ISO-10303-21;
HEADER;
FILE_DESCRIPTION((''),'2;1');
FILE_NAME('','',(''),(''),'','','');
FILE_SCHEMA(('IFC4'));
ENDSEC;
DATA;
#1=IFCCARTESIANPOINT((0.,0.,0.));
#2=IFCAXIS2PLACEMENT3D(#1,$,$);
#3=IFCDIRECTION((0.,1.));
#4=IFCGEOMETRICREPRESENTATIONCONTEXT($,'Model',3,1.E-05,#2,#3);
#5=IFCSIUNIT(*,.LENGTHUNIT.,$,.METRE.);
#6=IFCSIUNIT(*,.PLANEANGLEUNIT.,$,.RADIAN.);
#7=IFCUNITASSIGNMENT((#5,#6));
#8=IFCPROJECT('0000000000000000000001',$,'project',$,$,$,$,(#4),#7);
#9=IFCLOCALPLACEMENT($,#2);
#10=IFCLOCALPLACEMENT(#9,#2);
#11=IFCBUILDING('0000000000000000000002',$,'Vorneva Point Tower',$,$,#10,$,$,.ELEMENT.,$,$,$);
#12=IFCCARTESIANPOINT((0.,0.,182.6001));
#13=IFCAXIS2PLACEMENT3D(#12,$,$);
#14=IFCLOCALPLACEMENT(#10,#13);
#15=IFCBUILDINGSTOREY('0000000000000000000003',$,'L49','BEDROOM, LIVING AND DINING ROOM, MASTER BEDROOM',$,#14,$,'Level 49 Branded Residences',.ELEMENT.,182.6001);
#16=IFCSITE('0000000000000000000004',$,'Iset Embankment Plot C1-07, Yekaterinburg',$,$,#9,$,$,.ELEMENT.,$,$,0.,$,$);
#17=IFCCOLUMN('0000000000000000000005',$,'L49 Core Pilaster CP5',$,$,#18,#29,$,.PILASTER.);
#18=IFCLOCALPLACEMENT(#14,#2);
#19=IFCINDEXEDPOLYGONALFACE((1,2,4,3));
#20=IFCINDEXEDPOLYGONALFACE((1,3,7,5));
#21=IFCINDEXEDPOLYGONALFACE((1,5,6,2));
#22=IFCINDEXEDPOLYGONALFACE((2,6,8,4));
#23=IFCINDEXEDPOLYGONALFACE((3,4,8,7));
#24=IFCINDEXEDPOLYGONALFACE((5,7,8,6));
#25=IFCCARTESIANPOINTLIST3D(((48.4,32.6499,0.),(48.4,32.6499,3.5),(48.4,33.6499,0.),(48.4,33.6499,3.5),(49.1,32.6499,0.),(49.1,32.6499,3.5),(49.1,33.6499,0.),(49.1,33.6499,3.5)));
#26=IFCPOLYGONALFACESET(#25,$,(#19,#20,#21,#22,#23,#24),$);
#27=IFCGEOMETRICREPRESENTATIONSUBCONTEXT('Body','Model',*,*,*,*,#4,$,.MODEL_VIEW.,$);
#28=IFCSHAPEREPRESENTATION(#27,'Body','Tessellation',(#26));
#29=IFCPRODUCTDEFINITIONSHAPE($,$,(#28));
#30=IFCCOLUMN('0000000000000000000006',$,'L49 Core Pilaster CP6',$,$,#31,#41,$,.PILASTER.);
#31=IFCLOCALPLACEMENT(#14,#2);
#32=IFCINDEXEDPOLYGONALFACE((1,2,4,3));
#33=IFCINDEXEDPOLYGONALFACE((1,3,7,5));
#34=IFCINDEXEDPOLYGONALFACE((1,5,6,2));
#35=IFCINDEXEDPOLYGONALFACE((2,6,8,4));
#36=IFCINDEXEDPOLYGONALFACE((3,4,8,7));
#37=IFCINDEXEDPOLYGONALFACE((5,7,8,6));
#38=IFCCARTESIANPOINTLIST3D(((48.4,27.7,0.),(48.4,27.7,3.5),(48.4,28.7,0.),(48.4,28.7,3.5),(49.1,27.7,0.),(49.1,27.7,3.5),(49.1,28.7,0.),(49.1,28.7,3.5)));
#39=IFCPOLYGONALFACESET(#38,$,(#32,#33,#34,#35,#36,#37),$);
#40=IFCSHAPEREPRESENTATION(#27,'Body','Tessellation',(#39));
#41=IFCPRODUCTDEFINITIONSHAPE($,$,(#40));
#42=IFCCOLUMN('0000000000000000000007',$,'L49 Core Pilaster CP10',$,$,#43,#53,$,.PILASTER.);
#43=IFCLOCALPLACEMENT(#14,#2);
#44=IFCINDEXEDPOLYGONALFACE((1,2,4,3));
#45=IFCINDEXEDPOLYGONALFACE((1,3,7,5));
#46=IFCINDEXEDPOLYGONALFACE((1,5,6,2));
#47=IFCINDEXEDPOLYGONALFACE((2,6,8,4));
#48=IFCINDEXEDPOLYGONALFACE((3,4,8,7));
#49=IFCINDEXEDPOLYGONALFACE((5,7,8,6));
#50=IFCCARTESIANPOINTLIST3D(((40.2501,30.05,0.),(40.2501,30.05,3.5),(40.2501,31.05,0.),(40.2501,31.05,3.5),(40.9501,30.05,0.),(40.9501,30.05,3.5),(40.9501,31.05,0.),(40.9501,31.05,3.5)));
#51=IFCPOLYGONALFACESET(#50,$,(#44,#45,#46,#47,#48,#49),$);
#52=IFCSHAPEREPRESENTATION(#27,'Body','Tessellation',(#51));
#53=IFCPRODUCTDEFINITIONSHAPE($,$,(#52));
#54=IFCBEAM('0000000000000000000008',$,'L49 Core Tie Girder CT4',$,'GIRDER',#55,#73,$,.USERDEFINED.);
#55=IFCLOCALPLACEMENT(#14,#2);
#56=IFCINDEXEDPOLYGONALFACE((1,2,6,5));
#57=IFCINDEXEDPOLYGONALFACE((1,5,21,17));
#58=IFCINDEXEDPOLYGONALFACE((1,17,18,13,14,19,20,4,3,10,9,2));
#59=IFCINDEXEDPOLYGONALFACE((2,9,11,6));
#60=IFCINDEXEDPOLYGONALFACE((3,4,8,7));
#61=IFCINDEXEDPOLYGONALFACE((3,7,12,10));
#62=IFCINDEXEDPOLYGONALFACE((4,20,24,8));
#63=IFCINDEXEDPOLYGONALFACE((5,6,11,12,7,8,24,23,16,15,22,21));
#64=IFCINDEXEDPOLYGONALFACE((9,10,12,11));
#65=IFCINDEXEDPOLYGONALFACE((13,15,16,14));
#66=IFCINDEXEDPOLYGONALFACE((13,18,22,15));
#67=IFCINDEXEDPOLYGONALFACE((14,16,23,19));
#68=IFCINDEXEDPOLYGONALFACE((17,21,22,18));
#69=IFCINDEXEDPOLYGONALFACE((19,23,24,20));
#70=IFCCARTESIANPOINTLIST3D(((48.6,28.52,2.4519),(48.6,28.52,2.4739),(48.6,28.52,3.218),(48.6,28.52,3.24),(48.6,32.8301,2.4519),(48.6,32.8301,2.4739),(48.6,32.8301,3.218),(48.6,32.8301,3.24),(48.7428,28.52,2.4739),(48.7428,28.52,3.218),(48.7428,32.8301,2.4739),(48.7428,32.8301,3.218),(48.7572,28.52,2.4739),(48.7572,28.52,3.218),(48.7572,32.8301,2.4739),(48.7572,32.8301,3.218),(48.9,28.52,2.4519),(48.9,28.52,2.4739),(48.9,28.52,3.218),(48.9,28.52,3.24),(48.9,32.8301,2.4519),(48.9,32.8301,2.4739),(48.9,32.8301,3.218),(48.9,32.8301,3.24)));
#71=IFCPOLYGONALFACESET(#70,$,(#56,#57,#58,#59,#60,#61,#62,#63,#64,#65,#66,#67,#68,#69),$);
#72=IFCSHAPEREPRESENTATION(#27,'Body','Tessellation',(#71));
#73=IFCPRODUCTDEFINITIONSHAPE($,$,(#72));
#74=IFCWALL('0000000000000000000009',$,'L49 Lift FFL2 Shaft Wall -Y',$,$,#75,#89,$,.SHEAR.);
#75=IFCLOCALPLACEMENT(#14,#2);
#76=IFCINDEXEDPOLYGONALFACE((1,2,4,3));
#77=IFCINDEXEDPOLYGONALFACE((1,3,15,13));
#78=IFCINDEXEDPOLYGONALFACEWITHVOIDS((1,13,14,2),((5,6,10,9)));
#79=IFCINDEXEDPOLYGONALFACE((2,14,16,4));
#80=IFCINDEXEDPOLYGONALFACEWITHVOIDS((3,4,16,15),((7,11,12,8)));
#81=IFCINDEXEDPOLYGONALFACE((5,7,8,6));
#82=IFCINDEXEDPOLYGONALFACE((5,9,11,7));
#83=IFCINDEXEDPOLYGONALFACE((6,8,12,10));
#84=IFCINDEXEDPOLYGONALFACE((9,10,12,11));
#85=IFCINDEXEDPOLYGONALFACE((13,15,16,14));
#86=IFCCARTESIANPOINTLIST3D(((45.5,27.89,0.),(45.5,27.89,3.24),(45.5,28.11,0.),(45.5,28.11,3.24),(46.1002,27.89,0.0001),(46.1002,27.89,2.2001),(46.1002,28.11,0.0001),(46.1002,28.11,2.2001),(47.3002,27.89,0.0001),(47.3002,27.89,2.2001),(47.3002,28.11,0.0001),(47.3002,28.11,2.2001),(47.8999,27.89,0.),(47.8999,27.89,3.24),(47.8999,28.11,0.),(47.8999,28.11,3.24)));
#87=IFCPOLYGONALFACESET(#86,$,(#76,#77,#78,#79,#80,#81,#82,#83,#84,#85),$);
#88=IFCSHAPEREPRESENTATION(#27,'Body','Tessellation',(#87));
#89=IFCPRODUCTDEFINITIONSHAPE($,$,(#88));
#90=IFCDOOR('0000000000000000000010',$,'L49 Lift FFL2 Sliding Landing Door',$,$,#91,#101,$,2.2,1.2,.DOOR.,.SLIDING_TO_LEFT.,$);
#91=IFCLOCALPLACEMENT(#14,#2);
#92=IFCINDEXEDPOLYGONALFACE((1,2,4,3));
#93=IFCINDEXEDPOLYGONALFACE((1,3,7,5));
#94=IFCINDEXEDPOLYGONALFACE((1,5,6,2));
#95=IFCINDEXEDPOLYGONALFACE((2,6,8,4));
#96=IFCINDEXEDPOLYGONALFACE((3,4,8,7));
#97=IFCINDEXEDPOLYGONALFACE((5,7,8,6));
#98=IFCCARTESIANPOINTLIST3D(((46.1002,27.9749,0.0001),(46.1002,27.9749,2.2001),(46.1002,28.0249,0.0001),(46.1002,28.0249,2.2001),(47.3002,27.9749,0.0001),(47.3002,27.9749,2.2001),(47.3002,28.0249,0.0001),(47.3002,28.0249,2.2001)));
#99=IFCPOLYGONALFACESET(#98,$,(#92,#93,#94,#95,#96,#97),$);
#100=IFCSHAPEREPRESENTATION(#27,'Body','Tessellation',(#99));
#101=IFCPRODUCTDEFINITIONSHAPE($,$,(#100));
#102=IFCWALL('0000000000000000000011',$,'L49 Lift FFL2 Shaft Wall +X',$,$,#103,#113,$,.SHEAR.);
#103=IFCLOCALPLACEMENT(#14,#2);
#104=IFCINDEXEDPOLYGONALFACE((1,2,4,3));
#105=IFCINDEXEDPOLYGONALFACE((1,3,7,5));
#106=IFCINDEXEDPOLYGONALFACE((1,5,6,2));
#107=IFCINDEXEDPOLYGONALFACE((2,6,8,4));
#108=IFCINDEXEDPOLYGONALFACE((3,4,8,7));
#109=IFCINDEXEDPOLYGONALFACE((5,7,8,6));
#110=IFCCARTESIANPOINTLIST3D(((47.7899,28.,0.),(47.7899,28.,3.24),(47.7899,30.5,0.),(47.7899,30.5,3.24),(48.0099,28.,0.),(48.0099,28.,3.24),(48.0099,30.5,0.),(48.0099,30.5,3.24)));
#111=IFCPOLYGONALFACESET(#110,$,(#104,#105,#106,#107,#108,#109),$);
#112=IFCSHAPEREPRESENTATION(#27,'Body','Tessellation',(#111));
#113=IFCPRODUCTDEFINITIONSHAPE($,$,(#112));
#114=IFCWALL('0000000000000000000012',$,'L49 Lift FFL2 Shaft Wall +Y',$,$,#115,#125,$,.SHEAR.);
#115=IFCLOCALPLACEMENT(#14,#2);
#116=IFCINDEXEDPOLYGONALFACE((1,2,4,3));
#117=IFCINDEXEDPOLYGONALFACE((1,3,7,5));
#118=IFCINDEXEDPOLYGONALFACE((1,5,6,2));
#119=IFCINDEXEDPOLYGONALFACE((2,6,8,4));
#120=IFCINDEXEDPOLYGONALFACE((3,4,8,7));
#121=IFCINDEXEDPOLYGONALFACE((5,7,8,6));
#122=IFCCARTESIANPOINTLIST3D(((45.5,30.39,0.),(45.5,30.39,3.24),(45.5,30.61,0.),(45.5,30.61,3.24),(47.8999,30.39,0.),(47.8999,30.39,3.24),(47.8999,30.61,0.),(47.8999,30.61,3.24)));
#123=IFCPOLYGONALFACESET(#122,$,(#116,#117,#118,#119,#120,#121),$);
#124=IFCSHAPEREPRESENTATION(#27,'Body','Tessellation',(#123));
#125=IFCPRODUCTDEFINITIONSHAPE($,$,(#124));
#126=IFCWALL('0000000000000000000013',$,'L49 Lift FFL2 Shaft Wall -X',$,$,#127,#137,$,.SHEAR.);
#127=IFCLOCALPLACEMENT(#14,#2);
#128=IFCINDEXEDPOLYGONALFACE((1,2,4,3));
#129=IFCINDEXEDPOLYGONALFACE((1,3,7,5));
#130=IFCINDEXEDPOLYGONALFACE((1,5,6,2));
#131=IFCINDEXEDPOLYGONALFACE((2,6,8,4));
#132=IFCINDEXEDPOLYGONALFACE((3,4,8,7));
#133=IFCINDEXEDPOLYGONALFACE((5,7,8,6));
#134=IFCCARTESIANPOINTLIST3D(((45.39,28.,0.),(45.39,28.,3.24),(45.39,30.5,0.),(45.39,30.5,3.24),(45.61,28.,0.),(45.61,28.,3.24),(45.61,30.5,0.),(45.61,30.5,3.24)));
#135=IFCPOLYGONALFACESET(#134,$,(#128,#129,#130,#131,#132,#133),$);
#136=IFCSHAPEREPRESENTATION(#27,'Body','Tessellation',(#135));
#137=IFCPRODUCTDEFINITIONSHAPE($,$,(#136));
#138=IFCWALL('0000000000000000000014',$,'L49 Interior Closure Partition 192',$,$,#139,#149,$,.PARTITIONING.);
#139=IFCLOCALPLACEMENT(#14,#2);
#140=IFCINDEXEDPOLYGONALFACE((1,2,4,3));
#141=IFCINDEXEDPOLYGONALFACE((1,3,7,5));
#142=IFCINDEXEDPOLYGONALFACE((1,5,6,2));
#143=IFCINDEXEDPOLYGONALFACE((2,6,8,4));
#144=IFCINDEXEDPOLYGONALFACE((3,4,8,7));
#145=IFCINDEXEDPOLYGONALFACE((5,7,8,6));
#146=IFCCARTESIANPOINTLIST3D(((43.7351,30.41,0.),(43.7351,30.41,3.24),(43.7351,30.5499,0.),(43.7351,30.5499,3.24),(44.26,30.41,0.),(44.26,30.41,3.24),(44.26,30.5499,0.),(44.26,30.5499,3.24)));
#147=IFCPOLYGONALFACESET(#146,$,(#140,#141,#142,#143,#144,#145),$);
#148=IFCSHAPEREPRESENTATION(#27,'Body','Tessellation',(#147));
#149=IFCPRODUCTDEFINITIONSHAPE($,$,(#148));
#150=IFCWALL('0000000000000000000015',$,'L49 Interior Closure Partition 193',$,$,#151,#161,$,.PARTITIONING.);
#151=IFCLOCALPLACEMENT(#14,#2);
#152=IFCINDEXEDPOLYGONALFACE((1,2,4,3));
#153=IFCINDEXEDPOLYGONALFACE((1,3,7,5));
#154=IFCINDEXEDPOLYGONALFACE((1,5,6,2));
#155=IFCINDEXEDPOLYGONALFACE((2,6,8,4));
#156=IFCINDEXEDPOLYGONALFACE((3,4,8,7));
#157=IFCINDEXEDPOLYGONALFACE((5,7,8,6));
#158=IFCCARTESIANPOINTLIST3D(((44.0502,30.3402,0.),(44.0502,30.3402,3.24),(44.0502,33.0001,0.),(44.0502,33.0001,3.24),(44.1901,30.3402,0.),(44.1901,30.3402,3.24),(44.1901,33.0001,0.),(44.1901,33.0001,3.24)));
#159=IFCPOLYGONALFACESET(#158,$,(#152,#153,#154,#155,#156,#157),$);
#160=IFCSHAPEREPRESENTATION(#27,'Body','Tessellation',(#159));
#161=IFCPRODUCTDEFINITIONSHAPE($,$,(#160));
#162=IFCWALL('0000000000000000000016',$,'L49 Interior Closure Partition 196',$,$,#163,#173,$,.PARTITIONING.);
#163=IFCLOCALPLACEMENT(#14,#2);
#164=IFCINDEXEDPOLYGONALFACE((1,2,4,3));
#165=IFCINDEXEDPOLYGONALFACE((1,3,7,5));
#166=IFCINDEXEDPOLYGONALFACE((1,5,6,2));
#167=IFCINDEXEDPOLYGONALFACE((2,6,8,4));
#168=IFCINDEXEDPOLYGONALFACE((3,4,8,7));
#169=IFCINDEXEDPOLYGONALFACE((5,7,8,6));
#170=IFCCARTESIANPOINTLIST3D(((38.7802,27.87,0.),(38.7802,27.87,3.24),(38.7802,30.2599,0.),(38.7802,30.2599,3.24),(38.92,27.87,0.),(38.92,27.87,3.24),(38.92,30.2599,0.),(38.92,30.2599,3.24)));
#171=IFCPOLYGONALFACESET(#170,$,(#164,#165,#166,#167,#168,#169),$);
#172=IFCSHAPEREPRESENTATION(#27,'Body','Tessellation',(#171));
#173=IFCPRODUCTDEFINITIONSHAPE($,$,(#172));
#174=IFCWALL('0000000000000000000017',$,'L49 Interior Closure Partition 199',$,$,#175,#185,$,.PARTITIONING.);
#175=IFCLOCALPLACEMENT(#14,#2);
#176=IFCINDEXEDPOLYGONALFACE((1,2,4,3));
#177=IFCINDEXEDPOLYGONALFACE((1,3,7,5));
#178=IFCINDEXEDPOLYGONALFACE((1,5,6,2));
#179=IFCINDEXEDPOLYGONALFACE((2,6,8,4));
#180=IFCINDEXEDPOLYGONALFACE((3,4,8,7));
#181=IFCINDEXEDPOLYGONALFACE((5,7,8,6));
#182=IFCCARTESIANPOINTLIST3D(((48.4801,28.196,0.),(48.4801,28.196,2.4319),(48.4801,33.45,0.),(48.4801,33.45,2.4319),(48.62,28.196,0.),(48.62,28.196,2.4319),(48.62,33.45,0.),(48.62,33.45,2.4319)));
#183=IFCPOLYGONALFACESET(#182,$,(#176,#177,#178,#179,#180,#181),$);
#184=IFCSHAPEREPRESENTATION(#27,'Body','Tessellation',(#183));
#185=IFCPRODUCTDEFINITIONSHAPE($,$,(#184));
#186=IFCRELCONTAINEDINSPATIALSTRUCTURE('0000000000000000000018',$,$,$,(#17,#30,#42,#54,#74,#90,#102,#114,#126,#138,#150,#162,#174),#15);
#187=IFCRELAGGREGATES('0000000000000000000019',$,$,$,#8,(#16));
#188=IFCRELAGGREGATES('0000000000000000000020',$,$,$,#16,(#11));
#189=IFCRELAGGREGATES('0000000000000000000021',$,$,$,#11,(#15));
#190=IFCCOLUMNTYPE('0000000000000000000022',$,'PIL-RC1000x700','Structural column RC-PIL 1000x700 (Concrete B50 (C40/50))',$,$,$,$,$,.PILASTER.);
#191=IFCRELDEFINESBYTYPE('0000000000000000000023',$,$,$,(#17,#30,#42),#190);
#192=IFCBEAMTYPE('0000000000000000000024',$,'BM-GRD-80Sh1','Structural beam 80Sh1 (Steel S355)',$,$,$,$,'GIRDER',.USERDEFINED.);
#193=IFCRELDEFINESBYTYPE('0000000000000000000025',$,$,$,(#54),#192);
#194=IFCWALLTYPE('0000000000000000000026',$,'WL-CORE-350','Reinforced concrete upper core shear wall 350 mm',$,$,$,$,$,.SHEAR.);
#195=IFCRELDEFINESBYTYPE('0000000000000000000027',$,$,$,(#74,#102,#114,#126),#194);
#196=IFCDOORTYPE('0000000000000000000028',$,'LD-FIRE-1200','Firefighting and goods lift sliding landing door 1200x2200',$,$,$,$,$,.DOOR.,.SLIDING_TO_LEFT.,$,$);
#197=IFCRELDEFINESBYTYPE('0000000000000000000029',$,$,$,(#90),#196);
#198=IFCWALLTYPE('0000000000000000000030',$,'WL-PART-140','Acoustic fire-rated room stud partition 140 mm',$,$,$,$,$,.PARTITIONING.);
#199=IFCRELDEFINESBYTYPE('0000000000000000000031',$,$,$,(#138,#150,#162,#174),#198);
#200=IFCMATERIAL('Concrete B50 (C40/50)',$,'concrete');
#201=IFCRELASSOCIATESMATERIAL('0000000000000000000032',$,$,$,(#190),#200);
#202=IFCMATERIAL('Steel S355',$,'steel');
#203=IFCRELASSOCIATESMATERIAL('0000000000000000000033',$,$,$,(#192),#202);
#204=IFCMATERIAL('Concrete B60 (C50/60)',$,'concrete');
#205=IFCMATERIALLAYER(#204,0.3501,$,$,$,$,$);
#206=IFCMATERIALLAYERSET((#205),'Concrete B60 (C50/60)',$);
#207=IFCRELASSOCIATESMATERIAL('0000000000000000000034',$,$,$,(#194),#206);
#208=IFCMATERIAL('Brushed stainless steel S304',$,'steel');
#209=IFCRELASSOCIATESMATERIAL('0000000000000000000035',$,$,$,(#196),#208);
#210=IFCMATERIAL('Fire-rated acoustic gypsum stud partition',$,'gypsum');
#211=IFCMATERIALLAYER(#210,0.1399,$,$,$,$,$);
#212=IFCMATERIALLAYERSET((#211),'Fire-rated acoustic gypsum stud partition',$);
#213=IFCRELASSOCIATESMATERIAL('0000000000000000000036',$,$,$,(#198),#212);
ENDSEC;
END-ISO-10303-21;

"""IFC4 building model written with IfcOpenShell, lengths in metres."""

from ifc_helpers import new_model, si_unit, direction, frame, frame_2d, origin, origin_2d, place, context, subcontext, project, spatial, rectangle, i_section, extrude, material, layer, layer_set, material_profile, profile_set, type_object, element, fill, save


model = new_model("IFC4")

# Units and contexts
model_context = context("Model", 3, precision=1e-05, world=origin(), true_north=direction((0.0, 1.0)))
body_context = subcontext(model_context, "Body", "Model", "MODEL_VIEW")
ifc_project = project(units=[si_unit("LENGTHUNIT", "METRE"), si_unit("PLANEANGLEUNIT", "RADIAN")], contexts=[model_context])

# Site, building, storey
site_placement = place(None, origin())
site = spatial("IfcSite", under=ifc_project, at=site_placement, Name="Iset Embankment Plot C1-07, Yekaterinburg", CompositionType="ELEMENT", RefElevation=0.0)
building_placement = place(site_placement, origin())
building = spatial("IfcBuilding", under=site, at=building_placement, Name="Vorneva Point Tower", CompositionType="ELEMENT")
storey_placement = place(building_placement, frame((0.0, 0.0, 182.6001)))
storey = spatial("IfcBuildingStorey", under=building, at=storey_placement, Name="L49", Description="BEDROOM, LIVING AND DINING ROOM, MASTER BEDROOM", LongName="Level 49 Branded Residences", CompositionType="ELEMENT", Elevation=182.6001)

# Columns
ifc_material_1 = material(Name="Concrete B50 (C40/50)", Category="concrete")
ifc_material_profile_1 = material_profile(ifc_material_1, rectangle(XDim=0.7, YDim=1.0, at=origin_2d()), Name="RC-PIL 1000x700")
ifc_profile_set_1 = profile_set([ifc_material_profile_1], Name="Concrete B50 (C40/50)")
column_type = type_object("IfcColumnType", Name="PIL-RC1000x700", Description="Structural column RC-PIL 1000x700 (Concrete B50 (C40/50))", PredefinedType="PILASTER", material=ifc_profile_set_1)
for number, where, z_axis, x_axis, name in (
    (1, (48.75, 33.1499, 0.0), (0.0, 0.0, 1.0), (1.0, 0.0, 0.0), "L49 Core Pilaster CP5"),
    (2, (48.75, 28.2, 0.0), (0.0, 0.0, 1.0), (1.0, 0.0, 0.0), "L49 Core Pilaster CP6"),
    (3, (40.6001, 30.55, 0.0), (0.0, 0.0, 1.0), (1.0, 0.0, 0.0), "L49 Core Pilaster CP10"),
):
    element("IfcColumn", number, at=place(storey_placement, frame(where, z_axis=z_axis, x_axis=x_axis)), inside=storey, type_object=column_type, Name=name, PredefinedType="PILASTER", context=body_context, shape_type="SweptSolid", body=[
        extrude(rectangle(XDim=0.7, YDim=1.0, at=origin_2d()), origin(), (0.0, 0.0, 1.0), 3.5),
    ])

# Beam
ifc_material_2 = material(Name="Steel S355", Category="steel")
ifc_material_profile_2 = material_profile(ifc_material_2, i_section(OverallWidth=0.3, OverallDepth=0.7881, WebThickness=0.0144, FlangeThickness=0.022, at=origin_2d()), Name="80Sh1")
ifc_profile_set_2 = profile_set([ifc_material_profile_2], Name="Steel S355")
beam_type = type_object("IfcBeamType", Name="BM-GRD-80Sh1", Description="Structural beam 80Sh1 (Steel S355)", ElementType="GIRDER", PredefinedType="USERDEFINED", material=ifc_profile_set_2)
beam_placement = place(storey_placement, frame((48.75, 28.52, 2.8459), z_axis=(0.0, 1.0, 0.0), x_axis=(-1.0, 0.0, 0.0)))
element("IfcBeam", 4, at=beam_placement, inside=storey, type_object=beam_type, Name="L49 Core Tie Girder CT4", ObjectType="GIRDER", PredefinedType="USERDEFINED", context=body_context, shape_type="SweptSolid", body=[
    extrude(i_section(OverallWidth=0.3, OverallDepth=0.7881, WebThickness=0.0144, FlangeThickness=0.022, at=origin_2d()), origin(), (0.0, 0.0, 1.0), 4.3101),
])

# Wall, opening, door
ifc_material_3 = material(Name="Concrete B60 (C50/60)", Category="concrete")
ifc_layer_1 = layer(ifc_material_3, 0.3501)
ifc_layer_set_1 = layer_set([ifc_layer_1], Name="Concrete B60 (C50/60)")
wall_type_1 = type_object("IfcWallType", Name="WL-CORE-350", Description="Reinforced concrete upper core shear wall 350 mm", PredefinedType="SHEAR", material=ifc_layer_set_1)
wall_1_placement = place(storey_placement, frame((45.5, 28.0, 0.0), z_axis=(0.0, 0.0, 1.0), x_axis=(1.0, 0.0, 0.0)))
wall_1 = element("IfcWall", 5, at=wall_1_placement, inside=storey, type_object=wall_type_1, Name="L49 Lift FFL2 Shaft Wall -Y", PredefinedType="SHEAR", context=body_context, shape_type="SweptSolid", body=[
    extrude(rectangle(XDim=2.3999, YDim=0.22, at=frame_2d((1.2, 0.0))), origin(), (0.0, 0.0, 1.0), 3.24),
])
opening_1_placement = place(wall_1_placement, frame((0.6001, 0.0, 0.0)))
opening_1 = element("IfcOpeningElement", 6, at=opening_1_placement, cuts=wall_1, PredefinedType="OPENING", context=body_context, shape_type="SweptSolid", body=[
    extrude(rectangle(XDim=1.2, YDim=2.2, at=frame_2d((0.6001, 1.1001))), frame((0.0, 0.125, 0.0), z_axis=(0.0, -1.0, 0.0), x_axis=(1.0, 0.0, 0.0)), (0.0, 0.0, 1.0), 0.2498),
])
ifc_material_4 = material(Name="Brushed stainless steel S304", Category="steel")
door_type_1 = type_object("IfcDoorType", Name="LD-FIRE-1200", Description="Firefighting and goods lift sliding landing door 1200x2200", OperationType="SLIDING_TO_LEFT", PredefinedType="DOOR", material=ifc_material_4)
door_1_placement = place(opening_1_placement, origin())
door_1 = element("IfcDoor", 7, at=door_1_placement, inside=storey, type_object=door_type_1, Name="L49 Lift FFL2 Sliding Landing Door", OperationType="SLIDING_TO_LEFT", OverallHeight=2.2, OverallWidth=1.2, PredefinedType="DOOR", context=body_context, shape_type="SweptSolid", body=[
    extrude(rectangle(XDim=1.2, YDim=2.2, at=frame_2d((0.6001, 1.1001))), frame((0.0, 0.0249, 0.0), z_axis=(0.0, -1.0, 0.0), x_axis=(1.0, 0.0, 0.0)), (0.0, 0.0, 1.0), 0.05),
])
fill(opening_1, door_1)

# Walls
wall_2_placement = place(storey_placement, frame((47.8999, 28.0, 0.0), z_axis=(0.0, 0.0, 1.0), x_axis=(0.0, 1.0, 0.0)))
element("IfcWall", 8, at=wall_2_placement, inside=storey, type_object=wall_type_1, Name="L49 Lift FFL2 Shaft Wall +X", PredefinedType="SHEAR", context=body_context, shape_type="SweptSolid", body=[
    extrude(rectangle(XDim=2.5, YDim=0.22, at=frame_2d((1.25, 0.0))), origin(), (0.0, 0.0, 1.0), 3.24),
])
wall_3_placement = place(storey_placement, frame((47.8999, 30.5, 0.0), z_axis=(0.0, 0.0, 1.0), x_axis=(-1.0, 0.0, 0.0)))
element("IfcWall", 9, at=wall_3_placement, inside=storey, type_object=wall_type_1, Name="L49 Lift FFL2 Shaft Wall +Y", PredefinedType="SHEAR", context=body_context, shape_type="SweptSolid", body=[
    extrude(rectangle(XDim=2.3999, YDim=0.22, at=frame_2d((1.2, 0.0))), origin(), (0.0, 0.0, 1.0), 3.24),
])
wall_4_placement = place(storey_placement, frame((45.5, 30.5, 0.0), z_axis=(0.0, 0.0, 1.0), x_axis=(0.0, -1.0, 0.0)))
element("IfcWall", 10, at=wall_4_placement, inside=storey, type_object=wall_type_1, Name="L49 Lift FFL2 Shaft Wall -X", PredefinedType="SHEAR", context=body_context, shape_type="SweptSolid", body=[
    extrude(rectangle(XDim=2.5, YDim=0.22, at=frame_2d((1.25, 0.0))), origin(), (0.0, 0.0, 1.0), 3.24),
])
ifc_material_5 = material(Name="Fire-rated acoustic gypsum stud partition", Category="gypsum")
ifc_layer_2 = layer(ifc_material_5, 0.1399)
ifc_layer_set_2 = layer_set([ifc_layer_2], Name="Fire-rated acoustic gypsum stud partition")
wall_type_2 = type_object("IfcWallType", Name="WL-PART-140", Description="Acoustic fire-rated room stud partition 140 mm", PredefinedType="PARTITIONING", material=ifc_layer_set_2)
wall_5_placement = place(storey_placement, frame((43.7351, 30.48, 0.0), z_axis=(0.0, 0.0, 1.0), x_axis=(1.0, 0.0, 0.0)))
element("IfcWall", 11, at=wall_5_placement, inside=storey, type_object=wall_type_2, Name="L49 Interior Closure Partition 192", PredefinedType="PARTITIONING", context=body_context, shape_type="SweptSolid", body=[
    extrude(rectangle(XDim=0.5249, YDim=0.1399, at=frame_2d((0.2625, 0.0))), origin(), (0.0, 0.0, 1.0), 3.24),
])
wall_6_placement = place(storey_placement, frame((44.1201, 30.3401, 0.0), z_axis=(0.0, 0.0, 1.0), x_axis=(0.0, 1.0, 0.0)))
element("IfcWall", 12, at=wall_6_placement, inside=storey, type_object=wall_type_2, Name="L49 Interior Closure Partition 193", PredefinedType="PARTITIONING", context=body_context, shape_type="SweptSolid", body=[
    extrude(rectangle(XDim=2.6599, YDim=0.1399, at=frame_2d((1.3301, 0.0))), origin(), (0.0, 0.0, 1.0), 3.24),
])
wall_7_placement = place(storey_placement, frame((38.8501, 27.8701, 0.0), z_axis=(0.0, 0.0, 1.0), x_axis=(0.0, 1.0, 0.0)))
element("IfcWall", 13, at=wall_7_placement, inside=storey, type_object=wall_type_2, Name="L49 Interior Closure Partition 196", PredefinedType="PARTITIONING", context=body_context, shape_type="SweptSolid", body=[
    extrude(rectangle(XDim=2.3899, YDim=0.1399, at=frame_2d((1.1948, 0.0))), origin(), (0.0, 0.0, 1.0), 3.24),
])
wall_8_placement = place(storey_placement, frame((48.55, 28.196, 0.0), z_axis=(0.0, 0.0, 1.0), x_axis=(0.0, 1.0, 0.0)))
element("IfcWall", 14, at=wall_8_placement, inside=storey, type_object=wall_type_2, Name="L49 Interior Closure Partition 199", PredefinedType="PARTITIONING", context=body_context, shape_type="SweptSolid", body=[
    extrude(rectangle(XDim=5.2539, YDim=0.1399, at=frame_2d((2.627, 0.0))), origin(), (0.0, 0.0, 1.0), 2.4319),
])

save(model, "model.ifc")
